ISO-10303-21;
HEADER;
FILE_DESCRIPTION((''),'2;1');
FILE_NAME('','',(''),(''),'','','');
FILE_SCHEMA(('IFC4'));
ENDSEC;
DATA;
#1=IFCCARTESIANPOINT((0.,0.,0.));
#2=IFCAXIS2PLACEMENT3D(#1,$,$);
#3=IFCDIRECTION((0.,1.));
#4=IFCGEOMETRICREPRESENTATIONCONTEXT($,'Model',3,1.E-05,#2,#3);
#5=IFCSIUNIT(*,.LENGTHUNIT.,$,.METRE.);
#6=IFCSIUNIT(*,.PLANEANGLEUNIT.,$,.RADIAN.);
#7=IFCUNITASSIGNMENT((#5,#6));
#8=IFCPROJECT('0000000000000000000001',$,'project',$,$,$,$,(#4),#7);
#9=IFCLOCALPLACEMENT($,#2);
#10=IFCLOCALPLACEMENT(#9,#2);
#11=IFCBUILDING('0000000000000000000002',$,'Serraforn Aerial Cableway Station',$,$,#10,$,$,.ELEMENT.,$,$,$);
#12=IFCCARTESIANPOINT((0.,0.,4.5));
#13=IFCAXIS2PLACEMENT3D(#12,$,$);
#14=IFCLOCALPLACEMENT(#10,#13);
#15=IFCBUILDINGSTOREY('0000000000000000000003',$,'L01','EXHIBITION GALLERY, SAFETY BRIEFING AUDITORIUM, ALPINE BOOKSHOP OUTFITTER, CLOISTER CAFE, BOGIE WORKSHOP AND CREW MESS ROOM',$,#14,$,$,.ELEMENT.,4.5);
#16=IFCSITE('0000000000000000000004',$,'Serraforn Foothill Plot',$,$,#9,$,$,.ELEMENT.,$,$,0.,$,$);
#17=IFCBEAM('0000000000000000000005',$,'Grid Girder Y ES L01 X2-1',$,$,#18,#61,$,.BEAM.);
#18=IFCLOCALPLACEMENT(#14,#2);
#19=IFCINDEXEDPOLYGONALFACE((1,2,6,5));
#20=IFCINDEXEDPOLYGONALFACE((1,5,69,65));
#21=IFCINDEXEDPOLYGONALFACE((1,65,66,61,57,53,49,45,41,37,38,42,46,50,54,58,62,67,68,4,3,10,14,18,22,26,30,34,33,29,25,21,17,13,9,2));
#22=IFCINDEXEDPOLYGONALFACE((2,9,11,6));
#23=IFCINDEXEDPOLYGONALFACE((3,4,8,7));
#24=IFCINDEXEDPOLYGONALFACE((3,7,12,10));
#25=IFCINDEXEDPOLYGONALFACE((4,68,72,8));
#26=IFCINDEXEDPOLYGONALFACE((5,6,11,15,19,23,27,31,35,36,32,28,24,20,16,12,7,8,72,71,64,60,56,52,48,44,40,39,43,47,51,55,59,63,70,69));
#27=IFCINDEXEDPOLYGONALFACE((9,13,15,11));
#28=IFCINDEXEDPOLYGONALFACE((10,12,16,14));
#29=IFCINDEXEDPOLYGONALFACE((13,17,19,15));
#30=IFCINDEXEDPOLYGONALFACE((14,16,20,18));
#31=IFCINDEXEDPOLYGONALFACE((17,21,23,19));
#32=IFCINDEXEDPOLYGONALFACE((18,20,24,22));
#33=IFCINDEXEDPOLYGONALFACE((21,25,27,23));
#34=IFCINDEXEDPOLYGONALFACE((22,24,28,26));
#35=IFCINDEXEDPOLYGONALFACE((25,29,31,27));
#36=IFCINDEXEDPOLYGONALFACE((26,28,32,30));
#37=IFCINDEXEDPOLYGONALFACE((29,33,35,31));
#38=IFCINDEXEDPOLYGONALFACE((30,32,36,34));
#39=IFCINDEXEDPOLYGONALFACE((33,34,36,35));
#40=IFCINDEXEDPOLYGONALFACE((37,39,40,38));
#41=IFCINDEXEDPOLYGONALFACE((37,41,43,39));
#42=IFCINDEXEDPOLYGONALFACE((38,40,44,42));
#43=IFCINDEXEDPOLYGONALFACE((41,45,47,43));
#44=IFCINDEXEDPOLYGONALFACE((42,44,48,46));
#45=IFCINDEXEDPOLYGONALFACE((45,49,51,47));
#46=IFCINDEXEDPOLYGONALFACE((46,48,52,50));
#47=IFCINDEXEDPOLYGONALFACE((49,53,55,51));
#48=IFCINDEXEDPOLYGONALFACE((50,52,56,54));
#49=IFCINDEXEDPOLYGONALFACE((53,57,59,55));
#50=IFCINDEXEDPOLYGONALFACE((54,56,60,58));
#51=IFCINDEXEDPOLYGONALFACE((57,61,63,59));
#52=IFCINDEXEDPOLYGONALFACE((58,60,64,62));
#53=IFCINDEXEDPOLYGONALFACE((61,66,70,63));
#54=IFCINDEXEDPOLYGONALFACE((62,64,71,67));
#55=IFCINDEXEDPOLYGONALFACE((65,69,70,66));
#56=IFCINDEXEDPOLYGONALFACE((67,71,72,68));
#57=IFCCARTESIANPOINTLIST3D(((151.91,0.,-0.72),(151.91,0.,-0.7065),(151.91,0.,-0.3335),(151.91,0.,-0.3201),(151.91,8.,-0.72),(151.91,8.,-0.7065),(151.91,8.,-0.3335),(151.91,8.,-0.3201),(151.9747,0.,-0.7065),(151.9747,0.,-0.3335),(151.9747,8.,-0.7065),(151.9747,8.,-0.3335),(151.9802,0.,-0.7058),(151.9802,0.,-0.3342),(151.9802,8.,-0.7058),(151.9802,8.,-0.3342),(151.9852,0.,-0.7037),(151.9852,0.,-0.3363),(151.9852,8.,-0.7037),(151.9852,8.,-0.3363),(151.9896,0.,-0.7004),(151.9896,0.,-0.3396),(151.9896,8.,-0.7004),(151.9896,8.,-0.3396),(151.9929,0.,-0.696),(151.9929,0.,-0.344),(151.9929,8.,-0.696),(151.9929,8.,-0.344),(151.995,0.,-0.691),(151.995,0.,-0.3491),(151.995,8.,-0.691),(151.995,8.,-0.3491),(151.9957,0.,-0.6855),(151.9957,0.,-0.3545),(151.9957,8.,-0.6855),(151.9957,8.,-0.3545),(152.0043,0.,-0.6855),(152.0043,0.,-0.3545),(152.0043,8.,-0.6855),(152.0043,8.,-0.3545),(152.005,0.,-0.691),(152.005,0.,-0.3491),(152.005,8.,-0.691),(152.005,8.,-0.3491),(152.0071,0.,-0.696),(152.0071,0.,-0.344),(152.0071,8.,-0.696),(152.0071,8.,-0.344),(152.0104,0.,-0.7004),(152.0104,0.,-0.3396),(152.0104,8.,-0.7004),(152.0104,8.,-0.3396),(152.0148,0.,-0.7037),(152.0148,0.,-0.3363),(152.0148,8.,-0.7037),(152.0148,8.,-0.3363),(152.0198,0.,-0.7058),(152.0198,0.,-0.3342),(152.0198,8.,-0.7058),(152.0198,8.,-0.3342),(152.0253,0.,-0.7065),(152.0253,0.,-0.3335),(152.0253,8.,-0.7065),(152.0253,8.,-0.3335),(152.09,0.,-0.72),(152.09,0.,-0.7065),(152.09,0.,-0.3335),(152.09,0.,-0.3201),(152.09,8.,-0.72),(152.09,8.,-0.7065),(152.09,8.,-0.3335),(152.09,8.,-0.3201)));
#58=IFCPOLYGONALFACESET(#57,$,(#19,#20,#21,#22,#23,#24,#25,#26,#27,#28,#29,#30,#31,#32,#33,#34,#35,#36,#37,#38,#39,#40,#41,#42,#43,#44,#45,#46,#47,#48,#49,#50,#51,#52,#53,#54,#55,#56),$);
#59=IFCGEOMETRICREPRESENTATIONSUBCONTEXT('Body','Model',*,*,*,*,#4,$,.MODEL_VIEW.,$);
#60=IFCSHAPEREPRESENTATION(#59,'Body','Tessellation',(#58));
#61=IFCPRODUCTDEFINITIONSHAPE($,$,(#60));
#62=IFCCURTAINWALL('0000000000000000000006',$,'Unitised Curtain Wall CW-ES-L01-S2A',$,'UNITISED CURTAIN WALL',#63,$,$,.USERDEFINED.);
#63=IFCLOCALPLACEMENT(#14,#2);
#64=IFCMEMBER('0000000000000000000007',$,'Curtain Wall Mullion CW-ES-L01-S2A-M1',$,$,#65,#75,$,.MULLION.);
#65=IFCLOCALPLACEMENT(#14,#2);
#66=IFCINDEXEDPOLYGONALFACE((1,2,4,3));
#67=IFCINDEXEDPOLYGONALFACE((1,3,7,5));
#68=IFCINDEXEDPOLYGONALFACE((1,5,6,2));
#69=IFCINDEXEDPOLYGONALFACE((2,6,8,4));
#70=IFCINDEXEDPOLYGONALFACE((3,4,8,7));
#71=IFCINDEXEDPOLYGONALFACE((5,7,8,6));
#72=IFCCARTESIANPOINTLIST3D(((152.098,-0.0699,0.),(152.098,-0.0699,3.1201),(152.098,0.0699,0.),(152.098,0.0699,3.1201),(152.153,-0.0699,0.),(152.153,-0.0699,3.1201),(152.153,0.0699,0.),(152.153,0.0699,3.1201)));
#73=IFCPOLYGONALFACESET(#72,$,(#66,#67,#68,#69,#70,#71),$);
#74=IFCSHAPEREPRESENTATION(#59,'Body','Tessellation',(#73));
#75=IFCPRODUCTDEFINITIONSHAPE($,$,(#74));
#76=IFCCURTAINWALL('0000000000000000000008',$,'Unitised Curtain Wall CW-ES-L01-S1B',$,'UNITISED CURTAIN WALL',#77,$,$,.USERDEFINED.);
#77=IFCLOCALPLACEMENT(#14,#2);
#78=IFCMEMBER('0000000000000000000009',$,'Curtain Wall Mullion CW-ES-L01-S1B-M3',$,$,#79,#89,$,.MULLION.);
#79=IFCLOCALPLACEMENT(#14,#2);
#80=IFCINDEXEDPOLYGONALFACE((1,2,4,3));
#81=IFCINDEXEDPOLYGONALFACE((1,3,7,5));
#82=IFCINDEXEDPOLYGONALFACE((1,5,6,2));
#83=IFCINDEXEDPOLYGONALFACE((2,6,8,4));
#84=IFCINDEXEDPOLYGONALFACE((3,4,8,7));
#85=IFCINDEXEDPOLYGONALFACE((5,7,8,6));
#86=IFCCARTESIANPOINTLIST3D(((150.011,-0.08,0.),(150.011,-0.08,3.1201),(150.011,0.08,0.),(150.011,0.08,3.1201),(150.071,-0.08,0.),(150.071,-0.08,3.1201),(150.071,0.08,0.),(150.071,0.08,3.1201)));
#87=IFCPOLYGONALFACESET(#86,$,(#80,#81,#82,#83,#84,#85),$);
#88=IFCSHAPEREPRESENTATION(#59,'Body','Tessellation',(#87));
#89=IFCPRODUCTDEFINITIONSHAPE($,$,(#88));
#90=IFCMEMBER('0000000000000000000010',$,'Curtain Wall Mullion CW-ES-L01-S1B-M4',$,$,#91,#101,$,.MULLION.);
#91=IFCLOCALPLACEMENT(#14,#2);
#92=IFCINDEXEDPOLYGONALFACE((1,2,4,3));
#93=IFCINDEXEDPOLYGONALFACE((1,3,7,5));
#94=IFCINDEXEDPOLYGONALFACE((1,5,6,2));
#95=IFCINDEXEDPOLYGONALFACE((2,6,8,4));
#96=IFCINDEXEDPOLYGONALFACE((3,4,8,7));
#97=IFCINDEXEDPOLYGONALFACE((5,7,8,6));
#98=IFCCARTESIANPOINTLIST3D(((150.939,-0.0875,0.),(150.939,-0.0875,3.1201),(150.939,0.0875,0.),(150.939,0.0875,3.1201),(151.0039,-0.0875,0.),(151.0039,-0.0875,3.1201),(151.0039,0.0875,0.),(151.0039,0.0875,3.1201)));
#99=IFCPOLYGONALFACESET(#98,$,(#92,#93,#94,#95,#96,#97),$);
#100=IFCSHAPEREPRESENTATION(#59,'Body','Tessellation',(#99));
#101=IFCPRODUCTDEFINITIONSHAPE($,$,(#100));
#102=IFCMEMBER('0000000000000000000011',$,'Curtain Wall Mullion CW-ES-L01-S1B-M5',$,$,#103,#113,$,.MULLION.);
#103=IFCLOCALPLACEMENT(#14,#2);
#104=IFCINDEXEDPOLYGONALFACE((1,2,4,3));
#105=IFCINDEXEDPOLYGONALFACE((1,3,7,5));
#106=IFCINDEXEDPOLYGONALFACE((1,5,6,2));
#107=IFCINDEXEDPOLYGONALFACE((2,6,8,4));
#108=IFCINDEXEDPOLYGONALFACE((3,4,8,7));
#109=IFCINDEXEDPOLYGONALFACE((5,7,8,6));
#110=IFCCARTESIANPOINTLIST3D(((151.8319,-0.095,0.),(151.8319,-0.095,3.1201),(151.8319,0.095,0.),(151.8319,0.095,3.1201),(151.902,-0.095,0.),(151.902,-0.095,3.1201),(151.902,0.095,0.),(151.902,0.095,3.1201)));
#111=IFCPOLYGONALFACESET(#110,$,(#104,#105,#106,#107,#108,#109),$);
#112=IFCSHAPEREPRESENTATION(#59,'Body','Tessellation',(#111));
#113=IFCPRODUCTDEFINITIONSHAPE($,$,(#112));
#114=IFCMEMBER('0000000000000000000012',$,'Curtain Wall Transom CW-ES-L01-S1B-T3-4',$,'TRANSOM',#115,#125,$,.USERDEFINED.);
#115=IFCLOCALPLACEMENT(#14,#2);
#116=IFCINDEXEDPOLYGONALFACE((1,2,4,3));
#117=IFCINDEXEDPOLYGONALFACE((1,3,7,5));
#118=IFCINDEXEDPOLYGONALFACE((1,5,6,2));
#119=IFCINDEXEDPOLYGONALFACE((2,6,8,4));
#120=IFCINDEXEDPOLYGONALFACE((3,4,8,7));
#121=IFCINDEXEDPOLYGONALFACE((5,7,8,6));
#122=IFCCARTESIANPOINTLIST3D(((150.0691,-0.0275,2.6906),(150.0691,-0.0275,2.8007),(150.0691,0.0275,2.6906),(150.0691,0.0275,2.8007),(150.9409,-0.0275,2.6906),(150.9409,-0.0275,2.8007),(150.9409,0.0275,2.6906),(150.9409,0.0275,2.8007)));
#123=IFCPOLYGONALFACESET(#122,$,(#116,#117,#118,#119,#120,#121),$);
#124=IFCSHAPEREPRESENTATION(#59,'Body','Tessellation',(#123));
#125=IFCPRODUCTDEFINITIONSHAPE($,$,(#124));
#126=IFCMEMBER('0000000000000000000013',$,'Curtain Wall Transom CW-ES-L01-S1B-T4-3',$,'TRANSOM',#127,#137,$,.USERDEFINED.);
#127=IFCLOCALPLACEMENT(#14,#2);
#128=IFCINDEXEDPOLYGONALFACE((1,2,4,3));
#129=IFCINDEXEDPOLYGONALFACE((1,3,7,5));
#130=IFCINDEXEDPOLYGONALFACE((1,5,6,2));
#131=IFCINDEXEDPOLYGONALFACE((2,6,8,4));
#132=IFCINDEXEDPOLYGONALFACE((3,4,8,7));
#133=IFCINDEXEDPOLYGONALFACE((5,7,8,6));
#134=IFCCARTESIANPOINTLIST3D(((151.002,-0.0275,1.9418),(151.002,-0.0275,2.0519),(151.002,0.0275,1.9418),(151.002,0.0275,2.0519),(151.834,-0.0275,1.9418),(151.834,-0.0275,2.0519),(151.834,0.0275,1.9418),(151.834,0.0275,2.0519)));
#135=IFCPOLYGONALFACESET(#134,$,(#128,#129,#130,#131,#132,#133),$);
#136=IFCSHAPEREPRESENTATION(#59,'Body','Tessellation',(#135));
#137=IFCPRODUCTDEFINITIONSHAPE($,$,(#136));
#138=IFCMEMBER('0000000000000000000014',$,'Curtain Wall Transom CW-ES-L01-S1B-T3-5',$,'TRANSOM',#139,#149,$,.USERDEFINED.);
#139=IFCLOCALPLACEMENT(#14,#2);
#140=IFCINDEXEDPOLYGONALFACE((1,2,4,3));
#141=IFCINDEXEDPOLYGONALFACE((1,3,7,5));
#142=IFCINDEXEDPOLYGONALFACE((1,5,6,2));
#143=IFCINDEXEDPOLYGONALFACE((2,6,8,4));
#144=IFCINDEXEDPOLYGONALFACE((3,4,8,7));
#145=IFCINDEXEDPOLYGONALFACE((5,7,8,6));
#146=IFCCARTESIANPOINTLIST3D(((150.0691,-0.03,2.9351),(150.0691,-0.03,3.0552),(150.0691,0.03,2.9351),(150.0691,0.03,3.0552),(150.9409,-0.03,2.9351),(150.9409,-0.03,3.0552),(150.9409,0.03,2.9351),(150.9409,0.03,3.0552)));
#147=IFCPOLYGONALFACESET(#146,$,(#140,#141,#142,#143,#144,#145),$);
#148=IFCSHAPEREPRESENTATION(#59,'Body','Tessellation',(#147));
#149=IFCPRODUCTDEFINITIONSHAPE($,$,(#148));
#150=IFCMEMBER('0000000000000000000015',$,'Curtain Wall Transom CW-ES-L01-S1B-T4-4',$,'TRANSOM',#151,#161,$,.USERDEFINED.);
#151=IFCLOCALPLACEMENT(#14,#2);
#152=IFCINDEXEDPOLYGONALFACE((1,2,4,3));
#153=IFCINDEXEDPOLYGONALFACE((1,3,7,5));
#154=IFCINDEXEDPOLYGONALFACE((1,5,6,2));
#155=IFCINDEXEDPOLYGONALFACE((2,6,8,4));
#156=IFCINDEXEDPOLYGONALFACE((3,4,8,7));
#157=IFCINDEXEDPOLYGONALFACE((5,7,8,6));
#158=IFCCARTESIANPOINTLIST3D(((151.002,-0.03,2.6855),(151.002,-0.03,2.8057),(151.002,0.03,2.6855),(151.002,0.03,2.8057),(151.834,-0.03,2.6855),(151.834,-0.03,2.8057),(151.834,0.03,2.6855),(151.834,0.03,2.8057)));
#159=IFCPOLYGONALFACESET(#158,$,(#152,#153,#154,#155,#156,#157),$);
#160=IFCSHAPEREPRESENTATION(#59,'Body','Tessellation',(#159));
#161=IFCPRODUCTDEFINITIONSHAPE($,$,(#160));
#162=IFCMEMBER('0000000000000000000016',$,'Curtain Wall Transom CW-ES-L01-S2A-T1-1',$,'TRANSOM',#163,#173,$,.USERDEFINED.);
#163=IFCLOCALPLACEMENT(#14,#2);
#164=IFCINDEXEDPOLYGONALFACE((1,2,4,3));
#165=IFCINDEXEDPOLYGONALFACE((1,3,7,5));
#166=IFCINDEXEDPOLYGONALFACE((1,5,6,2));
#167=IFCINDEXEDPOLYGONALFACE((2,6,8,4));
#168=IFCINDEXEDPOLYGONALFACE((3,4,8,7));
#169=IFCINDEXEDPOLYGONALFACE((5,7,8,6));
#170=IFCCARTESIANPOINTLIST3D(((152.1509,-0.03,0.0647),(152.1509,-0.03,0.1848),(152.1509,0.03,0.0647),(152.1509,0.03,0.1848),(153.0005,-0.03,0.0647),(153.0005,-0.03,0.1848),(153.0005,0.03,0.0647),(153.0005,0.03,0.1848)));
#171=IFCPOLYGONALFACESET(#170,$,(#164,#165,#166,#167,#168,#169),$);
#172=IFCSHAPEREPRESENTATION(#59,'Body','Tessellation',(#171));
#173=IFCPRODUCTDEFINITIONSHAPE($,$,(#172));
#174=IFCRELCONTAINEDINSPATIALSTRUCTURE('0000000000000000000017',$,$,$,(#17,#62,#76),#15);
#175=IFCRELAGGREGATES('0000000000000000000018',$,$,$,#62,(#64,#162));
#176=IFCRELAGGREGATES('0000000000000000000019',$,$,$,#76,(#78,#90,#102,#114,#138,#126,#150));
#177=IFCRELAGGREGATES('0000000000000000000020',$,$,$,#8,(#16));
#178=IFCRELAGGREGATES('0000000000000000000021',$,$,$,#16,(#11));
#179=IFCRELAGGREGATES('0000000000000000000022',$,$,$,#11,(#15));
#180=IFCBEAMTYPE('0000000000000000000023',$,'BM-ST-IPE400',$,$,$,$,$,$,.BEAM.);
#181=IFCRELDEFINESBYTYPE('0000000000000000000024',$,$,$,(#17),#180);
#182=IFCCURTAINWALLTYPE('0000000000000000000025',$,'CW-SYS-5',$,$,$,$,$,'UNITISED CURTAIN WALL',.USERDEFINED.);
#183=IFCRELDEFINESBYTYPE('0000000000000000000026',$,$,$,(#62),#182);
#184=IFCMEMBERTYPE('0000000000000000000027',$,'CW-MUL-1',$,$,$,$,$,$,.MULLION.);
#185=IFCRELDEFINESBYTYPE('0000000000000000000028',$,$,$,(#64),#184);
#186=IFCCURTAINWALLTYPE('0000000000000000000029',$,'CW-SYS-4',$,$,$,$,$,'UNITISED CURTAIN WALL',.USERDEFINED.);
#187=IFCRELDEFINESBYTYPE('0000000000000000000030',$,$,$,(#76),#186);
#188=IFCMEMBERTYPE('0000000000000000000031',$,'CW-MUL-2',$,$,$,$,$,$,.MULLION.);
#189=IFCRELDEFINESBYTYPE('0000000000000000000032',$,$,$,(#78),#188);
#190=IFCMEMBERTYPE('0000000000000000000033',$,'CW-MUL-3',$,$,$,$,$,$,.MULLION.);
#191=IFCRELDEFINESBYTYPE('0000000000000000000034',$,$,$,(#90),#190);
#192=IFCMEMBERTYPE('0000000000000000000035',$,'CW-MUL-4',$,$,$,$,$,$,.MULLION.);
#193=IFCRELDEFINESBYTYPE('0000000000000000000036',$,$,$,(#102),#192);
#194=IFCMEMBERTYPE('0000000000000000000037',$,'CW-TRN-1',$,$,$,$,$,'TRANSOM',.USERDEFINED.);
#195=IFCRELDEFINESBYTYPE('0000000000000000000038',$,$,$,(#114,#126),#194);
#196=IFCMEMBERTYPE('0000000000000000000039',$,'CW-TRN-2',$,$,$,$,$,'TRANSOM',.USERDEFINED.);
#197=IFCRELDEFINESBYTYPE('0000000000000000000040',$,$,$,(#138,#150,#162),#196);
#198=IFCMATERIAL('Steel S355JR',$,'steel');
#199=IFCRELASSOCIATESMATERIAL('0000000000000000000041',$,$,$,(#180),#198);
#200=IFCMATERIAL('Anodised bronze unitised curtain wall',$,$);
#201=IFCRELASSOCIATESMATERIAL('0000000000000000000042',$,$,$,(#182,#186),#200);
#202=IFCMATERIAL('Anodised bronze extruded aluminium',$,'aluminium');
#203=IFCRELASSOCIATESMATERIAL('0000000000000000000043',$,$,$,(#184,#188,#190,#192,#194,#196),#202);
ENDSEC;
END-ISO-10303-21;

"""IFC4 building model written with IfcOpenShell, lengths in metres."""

from ifc_helpers import new_model, si_unit, direction, frame, origin, origin_2d, place, context, subcontext, project, spatial, rectangle, i_section, extrude, material, material_profile, profile_set, type_object, element, aggregate, save


model = new_model("IFC4")

# Units and contexts
model_context = context("Model", 3, precision=1e-05, world=origin(), true_north=direction((0.0, 1.0)))
body_context = subcontext(model_context, "Body", "Model", "MODEL_VIEW")
ifc_project = project(units=[si_unit("LENGTHUNIT", "METRE"), si_unit("PLANEANGLEUNIT", "RADIAN")], contexts=[model_context])

# Site, building, storey
site_placement = place(None, origin())
site = spatial("IfcSite", under=ifc_project, at=site_placement, Name="Serraforn Foothill Plot", CompositionType="ELEMENT", RefElevation=0.0)
building_placement = place(site_placement, origin())
building = spatial("IfcBuilding", under=site, at=building_placement, Name="Serraforn Aerial Cableway Station", CompositionType="ELEMENT")
storey_placement = place(building_placement, frame((0.0, 0.0, 4.5)))
storey = spatial("IfcBuildingStorey", under=building, at=storey_placement, Name="L01", Description="EXHIBITION GALLERY, SAFETY BRIEFING AUDITORIUM, ALPINE BOOKSHOP OUTFITTER, CLOISTER CAFE, BOGIE WORKSHOP AND CREW MESS ROOM", CompositionType="ELEMENT", Elevation=4.5)

# Beam
ifc_material_1 = material(Name="Steel S355JR", Category="steel")
ifc_material_profile_1 = material_profile(ifc_material_1, i_section(OverallWidth=0.1799, OverallDepth=0.3999, WebThickness=0.0085, FlangeThickness=0.0134, FilletRadius=0.021, at=origin_2d()), Name="IPE 400")
ifc_profile_set_1 = profile_set([ifc_material_profile_1], Name="Steel S355JR")
beam_type_1 = type_object("IfcBeamType", Name="BM-ST-IPE400", PredefinedType="BEAM", material=ifc_profile_set_1)
beam_1_placement = place(storey_placement, frame((152.0, 0.0, -0.52), z_axis=(0.0, 1.0, 0.0), x_axis=(-1.0, 0.0, 0.0)))
element("IfcBeam", 1, at=beam_1_placement, inside=storey, type_object=beam_type_1, Name="Grid Girder Y ES L01 X2-1", PredefinedType="BEAM", context=body_context, shape_type="SweptSolid", body=[
    extrude(i_section(OverallWidth=0.1799, OverallDepth=0.3999, WebThickness=0.0085, FlangeThickness=0.0134, FilletRadius=0.021, at=origin_2d()), origin(), (0.0, 0.0, 1.0), 8.0),
])

# Curtain wall, member
ifc_material_2 = material(Name="Anodised bronze unitised curtain wall")
curtain_wall_type_1 = type_object("IfcCurtainWallType", Name="CW-SYS-5", ElementType="UNITISED CURTAIN WALL", PredefinedType="USERDEFINED", material=ifc_material_2)
curtain_wall_1_placement = place(storey_placement, origin())
curtain_wall_1 = element("IfcCurtainWall", 2, at=curtain_wall_1_placement, inside=storey, type_object=curtain_wall_type_1, Name="Unitised Curtain Wall CW-ES-L01-S2A", ObjectType="UNITISED CURTAIN WALL", PredefinedType="USERDEFINED")
ifc_material_3 = material(Name="Anodised bronze extruded aluminium", Category="aluminium")
ifc_material_profile_2 = material_profile(ifc_material_3, rectangle(XDim=0.0549, YDim=0.1399, at=origin_2d()), Name="CW MULLION 55x140")
ifc_profile_set_2 = profile_set([ifc_material_profile_2], Name="Anodised bronze extruded aluminium")
member_type_1 = type_object("IfcMemberType", Name="CW-MUL-1", PredefinedType="MULLION", material=ifc_profile_set_2)
member_1_placement = place(storey_placement, frame((152.1255, 0.0, 0.0), z_axis=(0.0, 0.0, 1.0), x_axis=(1.0, 0.0, 0.0)))
member_1 = element("IfcMember", 3, at=member_1_placement, type_object=member_type_1, Name="Curtain Wall Mullion CW-ES-L01-S2A-M1", PredefinedType="MULLION", context=body_context, shape_type="SweptSolid", body=[
    extrude(rectangle(XDim=0.0549, YDim=0.1399, at=origin_2d()), origin(), (0.0, 0.0, 1.0), 3.1201),
])

# Curtain wall, members
curtain_wall_type_2 = type_object("IfcCurtainWallType", Name="CW-SYS-4", ElementType="UNITISED CURTAIN WALL", PredefinedType="USERDEFINED", material=ifc_material_2)
curtain_wall_2_placement = place(storey_placement, origin())
curtain_wall_2 = element("IfcCurtainWall", 4, at=curtain_wall_2_placement, inside=storey, type_object=curtain_wall_type_2, Name="Unitised Curtain Wall CW-ES-L01-S1B", ObjectType="UNITISED CURTAIN WALL", PredefinedType="USERDEFINED")
ifc_material_profile_3 = material_profile(ifc_material_3, rectangle(XDim=0.0601, YDim=0.1599, at=origin_2d()), Name="CW MULLION 60x160")
ifc_profile_set_3 = profile_set([ifc_material_profile_3], Name="Anodised bronze extruded aluminium")
member_type_2 = type_object("IfcMemberType", Name="CW-MUL-2", PredefinedType="MULLION", material=ifc_profile_set_3)
member_2_placement = place(storey_placement, frame((150.041, 0.0, 0.0), z_axis=(0.0, 0.0, 1.0), x_axis=(1.0, 0.0, 0.0)))
member_2 = element("IfcMember", 5, at=member_2_placement, type_object=member_type_2, Name="Curtain Wall Mullion CW-ES-L01-S1B-M3", PredefinedType="MULLION", context=body_context, shape_type="SweptSolid", body=[
    extrude(rectangle(XDim=0.0601, YDim=0.1599, at=origin_2d()), origin(), (0.0, 0.0, 1.0), 3.1201),
])
ifc_material_profile_4 = material_profile(ifc_material_3, rectangle(XDim=0.0649, YDim=0.175, at=origin_2d()), Name="CW MULLION 65x175")
ifc_profile_set_4 = profile_set([ifc_material_profile_4], Name="Anodised bronze extruded aluminium")
member_type_3 = type_object("IfcMemberType", Name="CW-MUL-3", PredefinedType="MULLION", material=ifc_profile_set_4)
member_3_placement = place(storey_placement, frame((150.9714, 0.0, 0.0), z_axis=(0.0, 0.0, 1.0), x_axis=(1.0, 0.0, 0.0)))
member_3 = element("IfcMember", 6, at=member_3_placement, type_object=member_type_3, Name="Curtain Wall Mullion CW-ES-L01-S1B-M4", PredefinedType="MULLION", context=body_context, shape_type="SweptSolid", body=[
    extrude(rectangle(XDim=0.0649, YDim=0.175, at=origin_2d()), origin(), (0.0, 0.0, 1.0), 3.1201),
])
ifc_material_profile_5 = material_profile(ifc_material_3, rectangle(XDim=0.0701, YDim=0.1899, at=origin_2d()), Name="CW MULLION 70x190")
ifc_profile_set_5 = profile_set([ifc_material_profile_5], Name="Anodised bronze extruded aluminium")
member_type_4 = type_object("IfcMemberType", Name="CW-MUL-4", PredefinedType="MULLION", material=ifc_profile_set_5)
member_4_placement = place(storey_placement, frame((151.8669, 0.0, 0.0), z_axis=(0.0, 0.0, 1.0), x_axis=(1.0, 0.0, 0.0)))
member_4 = element("IfcMember", 7, at=member_4_placement, type_object=member_type_4, Name="Curtain Wall Mullion CW-ES-L01-S1B-M5", PredefinedType="MULLION", context=body_context, shape_type="SweptSolid", body=[
    extrude(rectangle(XDim=0.0701, YDim=0.1899, at=origin_2d()), origin(), (0.0, 0.0, 1.0), 3.1201),
])
ifc_material_profile_6 = material_profile(ifc_material_3, rectangle(XDim=0.0549, YDim=0.1101, at=origin_2d()), Name="CW TRANSOM 55x110")
ifc_profile_set_6 = profile_set([ifc_material_profile_6], Name="Anodised bronze extruded aluminium")
member_type_5 = type_object("IfcMemberType", Name="CW-TRN-1", ElementType="TRANSOM", PredefinedType="USERDEFINED", material=ifc_profile_set_6)
member_5_placement = place(storey_placement, frame((150.0691, 0.0, 2.7456), z_axis=(1.0, 0.0, 0.0), x_axis=(0.0, 1.0, 0.0)))
member_5 = element("IfcMember", 8, at=member_5_placement, type_object=member_type_5, Name="Curtain Wall Transom CW-ES-L01-S1B-T3-4", ObjectType="TRANSOM", PredefinedType="USERDEFINED", context=body_context, shape_type="SweptSolid", body=[
    extrude(rectangle(XDim=0.0549, YDim=0.1101, at=origin_2d()), origin(), (0.0, 0.0, 1.0), 0.8718),
])
member_6_placement = place(storey_placement, frame((151.002, 0.0, 1.9968), z_axis=(1.0, 0.0, 0.0), x_axis=(0.0, 1.0, 0.0)))
member_6 = element("IfcMember", 9, at=member_6_placement, type_object=member_type_5, Name="Curtain Wall Transom CW-ES-L01-S1B-T4-3", ObjectType="TRANSOM", PredefinedType="USERDEFINED", context=body_context, shape_type="SweptSolid", body=[
    extrude(rectangle(XDim=0.0549, YDim=0.1101, at=origin_2d()), origin(), (0.0, 0.0, 1.0), 0.832),
])
ifc_material_profile_7 = material_profile(ifc_material_3, rectangle(XDim=0.0601, YDim=0.1201, at=origin_2d()), Name="CW TRANSOM 60x120")
ifc_profile_set_7 = profile_set([ifc_material_profile_7], Name="Anodised bronze extruded aluminium")
member_type_6 = type_object("IfcMemberType", Name="CW-TRN-2", ElementType="TRANSOM", PredefinedType="USERDEFINED", material=ifc_profile_set_7)
member_7_placement = place(storey_placement, frame((150.0691, 0.0, 2.9951), z_axis=(1.0, 0.0, 0.0), x_axis=(0.0, 1.0, 0.0)))
member_7 = element("IfcMember", 10, at=member_7_placement, type_object=member_type_6, Name="Curtain Wall Transom CW-ES-L01-S1B-T3-5", ObjectType="TRANSOM", PredefinedType="USERDEFINED", context=body_context, shape_type="SweptSolid", body=[
    extrude(rectangle(XDim=0.0601, YDim=0.1201, at=origin_2d()), origin(), (0.0, 0.0, 1.0), 0.8718),
])
member_8_placement = place(storey_placement, frame((151.002, 0.0, 2.7456), z_axis=(1.0, 0.0, 0.0), x_axis=(0.0, 1.0, 0.0)))
member_8 = element("IfcMember", 11, at=member_8_placement, type_object=member_type_6, Name="Curtain Wall Transom CW-ES-L01-S1B-T4-4", ObjectType="TRANSOM", PredefinedType="USERDEFINED", context=body_context, shape_type="SweptSolid", body=[
    extrude(rectangle(XDim=0.0601, YDim=0.1201, at=origin_2d()), origin(), (0.0, 0.0, 1.0), 0.832),
])

# Member
member_9_placement = place(storey_placement, frame((152.1509, 0.0, 0.1248), z_axis=(1.0, 0.0, 0.0), x_axis=(0.0, 1.0, 0.0)))
member_9 = element("IfcMember", 12, at=member_9_placement, type_object=member_type_6, Name="Curtain Wall Transom CW-ES-L01-S2A-T1-1", ObjectType="TRANSOM", PredefinedType="USERDEFINED", context=body_context, shape_type="SweptSolid", body=[
    extrude(rectangle(XDim=0.0601, YDim=0.1201, at=origin_2d()), origin(), (0.0, 0.0, 1.0), 0.8496),
])
aggregate(curtain_wall_1, [member_1, member_9])

aggregate(curtain_wall_2, [member_2, member_3, member_4, member_5, member_7, member_6, member_8])

save(model, "model.ifc")
